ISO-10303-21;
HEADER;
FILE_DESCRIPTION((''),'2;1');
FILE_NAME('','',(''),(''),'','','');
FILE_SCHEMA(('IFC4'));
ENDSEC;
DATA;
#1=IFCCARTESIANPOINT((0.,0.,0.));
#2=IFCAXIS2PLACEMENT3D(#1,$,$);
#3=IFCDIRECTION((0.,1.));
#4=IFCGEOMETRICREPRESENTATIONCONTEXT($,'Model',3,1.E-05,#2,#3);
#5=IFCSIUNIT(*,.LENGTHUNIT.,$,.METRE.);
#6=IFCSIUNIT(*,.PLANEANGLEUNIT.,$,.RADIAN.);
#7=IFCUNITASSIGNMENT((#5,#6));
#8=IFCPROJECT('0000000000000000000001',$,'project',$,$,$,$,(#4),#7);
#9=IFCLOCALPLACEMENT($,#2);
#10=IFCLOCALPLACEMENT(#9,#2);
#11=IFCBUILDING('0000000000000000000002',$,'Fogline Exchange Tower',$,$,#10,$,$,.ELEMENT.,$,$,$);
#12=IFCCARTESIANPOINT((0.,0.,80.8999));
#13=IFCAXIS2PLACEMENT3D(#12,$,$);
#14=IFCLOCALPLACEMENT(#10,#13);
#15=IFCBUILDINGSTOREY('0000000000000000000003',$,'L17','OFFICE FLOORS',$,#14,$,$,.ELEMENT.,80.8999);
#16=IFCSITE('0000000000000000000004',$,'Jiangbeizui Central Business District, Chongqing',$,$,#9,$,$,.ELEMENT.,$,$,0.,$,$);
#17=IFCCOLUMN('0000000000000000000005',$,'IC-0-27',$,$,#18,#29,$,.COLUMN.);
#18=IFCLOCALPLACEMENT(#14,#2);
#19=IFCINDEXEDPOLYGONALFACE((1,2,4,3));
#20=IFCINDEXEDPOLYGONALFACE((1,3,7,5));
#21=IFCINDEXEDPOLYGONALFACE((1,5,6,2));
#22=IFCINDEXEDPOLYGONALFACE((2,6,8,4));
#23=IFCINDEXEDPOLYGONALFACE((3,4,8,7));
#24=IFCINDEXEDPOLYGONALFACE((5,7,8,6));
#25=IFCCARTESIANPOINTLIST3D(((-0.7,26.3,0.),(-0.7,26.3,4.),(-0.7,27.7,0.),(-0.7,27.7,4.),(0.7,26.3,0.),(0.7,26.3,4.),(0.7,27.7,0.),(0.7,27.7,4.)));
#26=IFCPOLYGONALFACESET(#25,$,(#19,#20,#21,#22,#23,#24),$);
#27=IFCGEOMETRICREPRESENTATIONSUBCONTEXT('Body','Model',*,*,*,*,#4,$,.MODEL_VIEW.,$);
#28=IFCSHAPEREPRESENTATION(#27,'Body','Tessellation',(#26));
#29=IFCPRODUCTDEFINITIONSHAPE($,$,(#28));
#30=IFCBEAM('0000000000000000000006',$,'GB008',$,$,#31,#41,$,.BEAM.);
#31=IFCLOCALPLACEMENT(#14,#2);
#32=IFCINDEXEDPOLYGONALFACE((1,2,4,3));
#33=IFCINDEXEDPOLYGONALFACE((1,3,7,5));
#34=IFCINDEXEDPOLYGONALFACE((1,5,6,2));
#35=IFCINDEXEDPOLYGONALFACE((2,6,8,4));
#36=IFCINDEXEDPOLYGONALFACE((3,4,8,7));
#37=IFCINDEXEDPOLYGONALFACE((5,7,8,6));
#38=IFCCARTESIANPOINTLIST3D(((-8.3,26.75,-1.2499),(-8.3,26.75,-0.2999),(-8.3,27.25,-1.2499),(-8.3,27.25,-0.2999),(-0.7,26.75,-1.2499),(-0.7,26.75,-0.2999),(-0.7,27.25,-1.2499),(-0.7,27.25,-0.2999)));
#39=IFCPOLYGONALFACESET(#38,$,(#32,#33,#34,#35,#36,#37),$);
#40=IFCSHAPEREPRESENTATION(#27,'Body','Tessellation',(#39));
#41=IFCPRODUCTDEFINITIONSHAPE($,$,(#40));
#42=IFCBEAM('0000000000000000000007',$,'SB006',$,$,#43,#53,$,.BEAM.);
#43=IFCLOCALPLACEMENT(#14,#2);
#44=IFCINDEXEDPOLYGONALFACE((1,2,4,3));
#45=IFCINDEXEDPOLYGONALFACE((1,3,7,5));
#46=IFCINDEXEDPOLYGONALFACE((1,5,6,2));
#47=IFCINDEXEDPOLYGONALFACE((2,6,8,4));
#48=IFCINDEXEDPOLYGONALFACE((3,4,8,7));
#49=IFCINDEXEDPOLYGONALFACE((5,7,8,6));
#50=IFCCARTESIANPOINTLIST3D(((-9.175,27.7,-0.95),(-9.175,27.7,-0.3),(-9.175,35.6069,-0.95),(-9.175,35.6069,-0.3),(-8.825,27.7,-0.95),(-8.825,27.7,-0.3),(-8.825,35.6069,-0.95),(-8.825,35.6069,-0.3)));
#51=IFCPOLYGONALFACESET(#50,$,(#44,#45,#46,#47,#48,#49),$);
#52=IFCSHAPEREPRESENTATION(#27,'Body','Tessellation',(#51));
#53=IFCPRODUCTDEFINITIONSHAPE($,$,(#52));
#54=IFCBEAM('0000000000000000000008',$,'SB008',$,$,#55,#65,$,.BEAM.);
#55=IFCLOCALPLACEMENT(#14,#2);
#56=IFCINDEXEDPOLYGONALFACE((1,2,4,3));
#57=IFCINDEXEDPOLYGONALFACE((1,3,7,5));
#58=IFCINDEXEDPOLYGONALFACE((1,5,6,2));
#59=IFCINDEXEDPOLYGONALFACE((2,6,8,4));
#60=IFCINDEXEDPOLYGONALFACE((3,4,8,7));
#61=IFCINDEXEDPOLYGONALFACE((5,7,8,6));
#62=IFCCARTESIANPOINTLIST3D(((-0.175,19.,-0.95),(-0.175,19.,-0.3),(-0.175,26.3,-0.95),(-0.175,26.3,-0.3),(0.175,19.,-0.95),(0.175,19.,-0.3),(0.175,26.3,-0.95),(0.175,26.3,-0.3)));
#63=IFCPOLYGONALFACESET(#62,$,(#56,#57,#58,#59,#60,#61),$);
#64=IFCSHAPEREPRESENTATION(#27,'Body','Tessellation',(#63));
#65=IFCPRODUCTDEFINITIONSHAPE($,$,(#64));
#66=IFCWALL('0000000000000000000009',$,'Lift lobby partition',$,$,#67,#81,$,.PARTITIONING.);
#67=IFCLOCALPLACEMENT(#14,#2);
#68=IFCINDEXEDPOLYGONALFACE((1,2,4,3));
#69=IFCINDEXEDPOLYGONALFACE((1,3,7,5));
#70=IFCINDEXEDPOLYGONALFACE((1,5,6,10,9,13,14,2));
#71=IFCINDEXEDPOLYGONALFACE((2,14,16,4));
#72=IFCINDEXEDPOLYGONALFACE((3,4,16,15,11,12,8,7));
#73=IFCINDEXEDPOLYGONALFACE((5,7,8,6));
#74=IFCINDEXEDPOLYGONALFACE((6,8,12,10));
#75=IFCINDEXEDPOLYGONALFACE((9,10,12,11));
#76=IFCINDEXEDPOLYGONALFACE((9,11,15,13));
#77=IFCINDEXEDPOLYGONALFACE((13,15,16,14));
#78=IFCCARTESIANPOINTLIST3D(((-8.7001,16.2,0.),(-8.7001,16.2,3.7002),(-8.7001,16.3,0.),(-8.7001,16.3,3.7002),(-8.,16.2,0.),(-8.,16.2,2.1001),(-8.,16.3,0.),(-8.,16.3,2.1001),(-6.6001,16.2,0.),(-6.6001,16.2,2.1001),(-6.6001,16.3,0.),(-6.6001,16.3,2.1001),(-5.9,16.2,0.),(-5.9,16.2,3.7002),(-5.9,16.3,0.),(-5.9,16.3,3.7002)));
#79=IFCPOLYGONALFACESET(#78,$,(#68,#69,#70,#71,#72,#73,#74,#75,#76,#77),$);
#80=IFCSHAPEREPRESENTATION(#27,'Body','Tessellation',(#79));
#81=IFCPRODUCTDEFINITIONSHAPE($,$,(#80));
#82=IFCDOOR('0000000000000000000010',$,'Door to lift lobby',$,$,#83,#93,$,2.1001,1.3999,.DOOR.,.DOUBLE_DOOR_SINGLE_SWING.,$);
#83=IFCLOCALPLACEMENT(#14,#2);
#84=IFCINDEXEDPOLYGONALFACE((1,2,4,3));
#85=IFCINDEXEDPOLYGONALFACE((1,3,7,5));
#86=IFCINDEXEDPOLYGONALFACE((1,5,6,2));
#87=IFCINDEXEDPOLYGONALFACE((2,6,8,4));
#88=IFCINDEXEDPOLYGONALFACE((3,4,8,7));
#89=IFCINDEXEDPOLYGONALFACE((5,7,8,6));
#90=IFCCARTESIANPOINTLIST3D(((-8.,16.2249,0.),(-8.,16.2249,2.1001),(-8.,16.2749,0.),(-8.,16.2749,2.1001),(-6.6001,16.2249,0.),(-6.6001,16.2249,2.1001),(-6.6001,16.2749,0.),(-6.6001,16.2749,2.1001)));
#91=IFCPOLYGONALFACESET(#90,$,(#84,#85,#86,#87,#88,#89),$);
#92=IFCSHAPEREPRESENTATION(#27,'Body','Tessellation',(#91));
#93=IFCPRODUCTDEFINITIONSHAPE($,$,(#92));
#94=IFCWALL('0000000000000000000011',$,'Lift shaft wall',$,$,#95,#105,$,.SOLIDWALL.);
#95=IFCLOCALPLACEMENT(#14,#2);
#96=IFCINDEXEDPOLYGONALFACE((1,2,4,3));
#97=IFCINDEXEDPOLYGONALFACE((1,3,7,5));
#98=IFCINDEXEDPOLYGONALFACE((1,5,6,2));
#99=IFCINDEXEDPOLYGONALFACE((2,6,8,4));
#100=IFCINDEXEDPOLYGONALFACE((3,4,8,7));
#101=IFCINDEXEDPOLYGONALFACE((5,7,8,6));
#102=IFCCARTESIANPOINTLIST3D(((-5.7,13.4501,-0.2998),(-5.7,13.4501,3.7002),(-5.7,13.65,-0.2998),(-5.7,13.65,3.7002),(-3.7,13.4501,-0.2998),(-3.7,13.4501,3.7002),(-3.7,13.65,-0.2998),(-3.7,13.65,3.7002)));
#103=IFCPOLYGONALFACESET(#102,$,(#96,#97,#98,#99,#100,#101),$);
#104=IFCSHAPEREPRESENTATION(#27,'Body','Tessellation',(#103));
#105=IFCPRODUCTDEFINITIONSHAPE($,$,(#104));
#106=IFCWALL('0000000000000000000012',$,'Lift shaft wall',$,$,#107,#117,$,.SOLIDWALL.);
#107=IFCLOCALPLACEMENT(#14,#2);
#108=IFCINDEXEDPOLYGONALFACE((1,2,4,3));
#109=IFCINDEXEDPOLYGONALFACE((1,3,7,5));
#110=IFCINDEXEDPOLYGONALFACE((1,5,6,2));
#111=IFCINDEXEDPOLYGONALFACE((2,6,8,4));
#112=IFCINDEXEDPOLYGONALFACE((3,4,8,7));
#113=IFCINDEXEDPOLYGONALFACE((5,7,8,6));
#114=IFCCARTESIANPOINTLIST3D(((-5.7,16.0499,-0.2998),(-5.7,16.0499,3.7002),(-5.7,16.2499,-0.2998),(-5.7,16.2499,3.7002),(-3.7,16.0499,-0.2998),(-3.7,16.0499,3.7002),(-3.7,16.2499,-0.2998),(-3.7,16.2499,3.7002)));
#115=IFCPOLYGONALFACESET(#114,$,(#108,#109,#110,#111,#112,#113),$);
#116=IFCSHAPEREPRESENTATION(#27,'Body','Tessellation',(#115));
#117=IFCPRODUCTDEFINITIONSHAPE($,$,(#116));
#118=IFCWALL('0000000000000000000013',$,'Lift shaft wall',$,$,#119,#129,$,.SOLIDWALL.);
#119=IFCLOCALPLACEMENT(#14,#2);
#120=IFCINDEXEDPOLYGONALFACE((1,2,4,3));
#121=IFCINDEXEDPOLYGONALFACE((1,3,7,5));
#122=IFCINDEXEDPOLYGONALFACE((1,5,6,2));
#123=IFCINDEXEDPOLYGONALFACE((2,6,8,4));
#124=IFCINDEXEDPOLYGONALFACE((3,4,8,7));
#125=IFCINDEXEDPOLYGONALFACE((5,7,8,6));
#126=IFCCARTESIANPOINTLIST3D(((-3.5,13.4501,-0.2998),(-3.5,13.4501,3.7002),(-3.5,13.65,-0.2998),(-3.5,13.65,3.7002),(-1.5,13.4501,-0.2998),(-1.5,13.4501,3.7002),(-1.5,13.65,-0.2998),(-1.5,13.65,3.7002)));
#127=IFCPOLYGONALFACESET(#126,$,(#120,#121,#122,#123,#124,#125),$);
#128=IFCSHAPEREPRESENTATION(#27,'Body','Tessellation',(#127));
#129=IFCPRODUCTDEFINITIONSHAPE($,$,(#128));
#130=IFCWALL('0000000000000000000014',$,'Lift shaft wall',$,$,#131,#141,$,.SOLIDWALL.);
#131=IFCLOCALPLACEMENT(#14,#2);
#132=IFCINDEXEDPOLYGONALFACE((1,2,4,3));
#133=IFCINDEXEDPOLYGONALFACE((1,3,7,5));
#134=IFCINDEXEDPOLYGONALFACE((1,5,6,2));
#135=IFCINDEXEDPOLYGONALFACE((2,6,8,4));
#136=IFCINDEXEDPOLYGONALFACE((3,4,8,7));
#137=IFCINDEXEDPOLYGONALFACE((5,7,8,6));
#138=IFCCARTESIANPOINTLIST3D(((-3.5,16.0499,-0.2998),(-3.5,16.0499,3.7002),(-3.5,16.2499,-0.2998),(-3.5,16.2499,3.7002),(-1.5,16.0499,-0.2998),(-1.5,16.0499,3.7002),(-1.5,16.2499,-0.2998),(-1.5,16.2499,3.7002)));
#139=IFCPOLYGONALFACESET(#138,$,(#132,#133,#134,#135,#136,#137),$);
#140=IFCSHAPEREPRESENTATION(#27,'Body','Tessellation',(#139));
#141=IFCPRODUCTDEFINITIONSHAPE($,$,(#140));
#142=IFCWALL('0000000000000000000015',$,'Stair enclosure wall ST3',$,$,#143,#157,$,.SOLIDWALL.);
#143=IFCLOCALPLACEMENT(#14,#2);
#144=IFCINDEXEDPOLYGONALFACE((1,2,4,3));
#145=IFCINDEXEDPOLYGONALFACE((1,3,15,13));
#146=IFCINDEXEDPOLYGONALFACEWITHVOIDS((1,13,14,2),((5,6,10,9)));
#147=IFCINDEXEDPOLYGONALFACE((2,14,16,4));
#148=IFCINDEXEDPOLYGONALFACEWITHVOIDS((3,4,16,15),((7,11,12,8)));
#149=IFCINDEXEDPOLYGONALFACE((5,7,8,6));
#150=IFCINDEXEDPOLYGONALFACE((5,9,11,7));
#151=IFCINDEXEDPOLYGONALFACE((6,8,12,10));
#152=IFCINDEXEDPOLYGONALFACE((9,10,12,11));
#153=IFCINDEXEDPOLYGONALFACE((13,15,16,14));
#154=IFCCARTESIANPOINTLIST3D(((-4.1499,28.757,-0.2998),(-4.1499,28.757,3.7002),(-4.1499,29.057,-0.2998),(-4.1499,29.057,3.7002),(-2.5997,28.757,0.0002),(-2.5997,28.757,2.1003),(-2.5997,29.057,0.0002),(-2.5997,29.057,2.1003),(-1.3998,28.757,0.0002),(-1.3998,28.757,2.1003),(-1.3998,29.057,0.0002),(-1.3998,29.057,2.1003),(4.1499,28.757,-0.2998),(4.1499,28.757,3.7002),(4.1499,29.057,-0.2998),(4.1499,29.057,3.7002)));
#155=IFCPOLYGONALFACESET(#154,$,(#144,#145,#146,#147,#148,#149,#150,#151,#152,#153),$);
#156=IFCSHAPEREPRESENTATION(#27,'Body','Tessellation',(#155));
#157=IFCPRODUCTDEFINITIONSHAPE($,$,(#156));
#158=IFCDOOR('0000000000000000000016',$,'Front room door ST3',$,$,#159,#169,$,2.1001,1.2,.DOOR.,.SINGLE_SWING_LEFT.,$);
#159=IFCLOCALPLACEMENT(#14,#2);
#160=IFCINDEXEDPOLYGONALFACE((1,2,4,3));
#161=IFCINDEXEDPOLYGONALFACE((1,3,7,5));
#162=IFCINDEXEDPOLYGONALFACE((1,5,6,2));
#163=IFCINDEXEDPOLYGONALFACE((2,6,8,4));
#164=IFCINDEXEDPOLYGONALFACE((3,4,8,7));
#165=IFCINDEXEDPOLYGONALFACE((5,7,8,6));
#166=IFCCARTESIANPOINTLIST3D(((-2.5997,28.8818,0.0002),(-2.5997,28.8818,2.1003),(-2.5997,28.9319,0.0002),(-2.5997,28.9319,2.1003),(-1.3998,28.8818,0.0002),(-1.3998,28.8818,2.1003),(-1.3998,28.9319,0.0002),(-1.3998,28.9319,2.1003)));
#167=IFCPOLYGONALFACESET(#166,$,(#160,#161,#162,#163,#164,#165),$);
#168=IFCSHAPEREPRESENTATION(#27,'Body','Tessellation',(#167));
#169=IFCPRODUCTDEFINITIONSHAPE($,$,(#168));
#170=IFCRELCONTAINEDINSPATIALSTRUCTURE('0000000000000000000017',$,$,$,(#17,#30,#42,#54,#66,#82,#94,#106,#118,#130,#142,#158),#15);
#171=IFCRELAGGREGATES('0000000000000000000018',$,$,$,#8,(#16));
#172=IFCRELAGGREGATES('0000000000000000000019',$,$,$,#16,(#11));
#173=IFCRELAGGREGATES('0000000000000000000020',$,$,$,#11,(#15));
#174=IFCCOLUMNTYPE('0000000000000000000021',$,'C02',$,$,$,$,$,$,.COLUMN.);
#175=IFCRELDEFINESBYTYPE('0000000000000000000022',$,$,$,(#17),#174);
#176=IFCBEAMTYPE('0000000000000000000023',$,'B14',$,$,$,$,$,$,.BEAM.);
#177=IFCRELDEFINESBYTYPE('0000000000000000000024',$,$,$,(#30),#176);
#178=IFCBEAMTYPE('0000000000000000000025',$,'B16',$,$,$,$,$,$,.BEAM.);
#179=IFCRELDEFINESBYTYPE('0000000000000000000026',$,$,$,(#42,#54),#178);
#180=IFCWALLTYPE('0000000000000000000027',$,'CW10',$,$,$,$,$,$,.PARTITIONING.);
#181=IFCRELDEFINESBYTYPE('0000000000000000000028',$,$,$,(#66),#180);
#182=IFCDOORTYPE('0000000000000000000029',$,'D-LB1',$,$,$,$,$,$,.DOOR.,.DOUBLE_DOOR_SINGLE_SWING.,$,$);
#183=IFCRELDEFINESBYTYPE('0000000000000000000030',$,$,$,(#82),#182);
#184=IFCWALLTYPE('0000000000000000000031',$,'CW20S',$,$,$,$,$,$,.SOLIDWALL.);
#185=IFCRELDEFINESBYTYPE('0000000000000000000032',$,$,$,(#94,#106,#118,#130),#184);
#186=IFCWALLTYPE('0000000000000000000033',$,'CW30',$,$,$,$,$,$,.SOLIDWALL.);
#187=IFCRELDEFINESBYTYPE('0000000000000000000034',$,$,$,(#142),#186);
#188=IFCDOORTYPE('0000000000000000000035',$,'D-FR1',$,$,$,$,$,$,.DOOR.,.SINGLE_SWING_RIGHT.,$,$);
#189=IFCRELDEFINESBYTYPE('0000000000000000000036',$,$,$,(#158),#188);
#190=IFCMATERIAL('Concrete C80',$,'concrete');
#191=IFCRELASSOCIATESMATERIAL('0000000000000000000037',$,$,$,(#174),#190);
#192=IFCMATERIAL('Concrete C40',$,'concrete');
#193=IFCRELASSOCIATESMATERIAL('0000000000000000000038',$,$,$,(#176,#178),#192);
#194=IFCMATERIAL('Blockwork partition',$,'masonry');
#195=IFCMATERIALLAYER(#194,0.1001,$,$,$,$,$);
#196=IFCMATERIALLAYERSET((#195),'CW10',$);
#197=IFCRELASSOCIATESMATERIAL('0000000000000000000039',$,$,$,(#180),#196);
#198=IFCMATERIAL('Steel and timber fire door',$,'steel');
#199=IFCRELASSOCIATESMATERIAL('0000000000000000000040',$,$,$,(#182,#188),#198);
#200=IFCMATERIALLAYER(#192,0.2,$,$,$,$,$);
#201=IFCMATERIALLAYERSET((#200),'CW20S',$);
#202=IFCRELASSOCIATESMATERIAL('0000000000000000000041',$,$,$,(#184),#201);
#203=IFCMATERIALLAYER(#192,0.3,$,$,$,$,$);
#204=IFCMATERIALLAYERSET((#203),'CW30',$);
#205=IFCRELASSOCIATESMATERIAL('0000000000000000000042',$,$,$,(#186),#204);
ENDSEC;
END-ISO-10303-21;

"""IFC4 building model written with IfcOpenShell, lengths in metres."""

from ifc_helpers import new_model, si_unit, direction, frame, frame_2d, origin, origin_2d, place, context, subcontext, project, spatial, rectangle, extrude, material, layer, layer_set, material_profile, profile_set, type_object, element, fill, save


model = new_model("IFC4")

# Units and contexts
model_context = context("Model", 3, precision=1e-05, world=origin(), true_north=direction((0.0, 1.0)))
body_context = subcontext(model_context, "Body", "Model", "MODEL_VIEW")
ifc_project = project(units=[si_unit("LENGTHUNIT", "METRE"), si_unit("PLANEANGLEUNIT", "RADIAN")], contexts=[model_context])

# Site, building, storey
site_placement = place(None, origin())
site = spatial("IfcSite", under=ifc_project, at=site_placement, Name="Jiangbeizui Central Business District, Chongqing", CompositionType="ELEMENT", RefElevation=0.0)
building_placement = place(site_placement, origin())
building = spatial("IfcBuilding", under=site, at=building_placement, Name="Fogline Exchange Tower", CompositionType="ELEMENT")
storey_placement = place(building_placement, frame((0.0, 0.0, 80.8999)))
storey = spatial("IfcBuildingStorey", under=building, at=storey_placement, Name="L17", Description="OFFICE FLOORS", CompositionType="ELEMENT", Elevation=80.8999)

# Column
ifc_material_1 = material(Name="Concrete C80", Category="concrete")
ifc_material_profile_1 = material_profile(ifc_material_1, rectangle(XDim=1.3999, YDim=1.3999, at=origin_2d()), Name="RC 1400x1400")
ifc_profile_set_1 = profile_set([ifc_material_profile_1], Name="Concrete C80")
column_type = type_object("IfcColumnType", Name="C02", PredefinedType="COLUMN", material=ifc_profile_set_1)
column_placement = place(storey_placement, frame((0.0, 27.0, 0.0), z_axis=(0.0, 0.0, 1.0), x_axis=(1.0, 0.0, 0.0)))
element("IfcColumn", 1, at=column_placement, inside=storey, type_object=column_type, Name="IC-0-27", PredefinedType="COLUMN", context=body_context, shape_type="SweptSolid", body=[
    extrude(rectangle(XDim=1.3999, YDim=1.3999, at=origin_2d()), origin(), (0.0, 0.0, 1.0), 4.0),
])

# Beams
ifc_material_2 = material(Name="Concrete C40", Category="concrete")
ifc_material_profile_2 = material_profile(ifc_material_2, rectangle(XDim=0.5, YDim=0.95, at=origin_2d()), Name="RC 500x950")
ifc_profile_set_2 = profile_set([ifc_material_profile_2], Name="Concrete C40")
beam_type_1 = type_object("IfcBeamType", Name="B14", PredefinedType="BEAM", material=ifc_profile_set_2)
beam_1_placement = place(storey_placement, frame((-8.3, 27.0, -0.7749), z_axis=(1.0, 0.0, 0.0), x_axis=(0.0, 1.0, 0.0)))
element("IfcBeam", 2, at=beam_1_placement, inside=storey, type_object=beam_type_1, Name="GB008", PredefinedType="BEAM", context=body_context, shape_type="SweptSolid", body=[
    extrude(rectangle(XDim=0.5, YDim=0.95, at=origin_2d()), origin(), (0.0, 0.0, 1.0), 7.6001),
])
ifc_material_profile_3 = material_profile(ifc_material_2, rectangle(XDim=0.3501, YDim=0.6499, at=origin_2d()), Name="RC 350x650")
ifc_profile_set_3 = profile_set([ifc_material_profile_3], Name="Concrete C40")
beam_type_2 = type_object("IfcBeamType", Name="B16", PredefinedType="BEAM", material=ifc_profile_set_3)
beam_2_placement = place(storey_placement, frame((-9.0, 27.7, -0.625), z_axis=(0.0, 1.0, 0.0), x_axis=(-1.0, 0.0, 0.0)))
element("IfcBeam", 3, at=beam_2_placement, inside=storey, type_object=beam_type_2, Name="SB006", PredefinedType="BEAM", context=body_context, shape_type="SweptSolid", body=[
    extrude(rectangle(XDim=0.3501, YDim=0.6499, at=origin_2d()), origin(), (0.0, 0.0, 1.0), 7.907),
])
beam_3_placement = place(storey_placement, frame((0.0, 19.0, -0.625), z_axis=(0.0, 1.0, 0.0), x_axis=(-1.0, 0.0, 0.0)))
element("IfcBeam", 4, at=beam_3_placement, inside=storey, type_object=beam_type_2, Name="SB008", PredefinedType="BEAM", context=body_context, shape_type="SweptSolid", body=[
    extrude(rectangle(XDim=0.3501, YDim=0.6499, at=origin_2d()), origin(), (0.0, 0.0, 1.0), 7.3),
])

# Wall, opening, door
ifc_material_3 = material(Name="Blockwork partition", Category="masonry")
ifc_layer_1 = layer(ifc_material_3, 0.1001)
ifc_layer_set_1 = layer_set([ifc_layer_1], Name="CW10")
wall_type_1 = type_object("IfcWallType", Name="CW10", PredefinedType="PARTITIONING", material=ifc_layer_set_1)
wall_1_placement = place(storey_placement, frame((-8.7, 16.25, 0.0), z_axis=(0.0, 0.0, 1.0), x_axis=(1.0, 0.0, 0.0)))
wall_1 = element("IfcWall", 5, at=wall_1_placement, inside=storey, type_object=wall_type_1, Name="Lift lobby partition", PredefinedType="PARTITIONING", context=body_context, shape_type="SweptSolid", body=[
    extrude(rectangle(XDim=2.8, YDim=0.1001, at=frame_2d((1.3999, 0.0))), origin(), (0.0, 0.0, 1.0), 3.7002),
])
opening_1_placement = place(wall_1_placement, frame((0.7, 0.0, 0.0)))
opening_1 = element("IfcOpeningElement", 6, at=opening_1_placement, cuts=wall_1, PredefinedType="OPENING", context=body_context, shape_type="SweptSolid", body=[
    extrude(rectangle(XDim=1.3999, YDim=2.1001, at=frame_2d((0.7, 1.05))), frame((0.0, 0.0601, 0.0), z_axis=(0.0, -1.0, 0.0), x_axis=(1.0, 0.0, 0.0)), (0.0, 0.0, 1.0), 0.1201),
])
ifc_material_4 = material(Name="Steel and timber fire door", Category="steel")
door_type_1 = type_object("IfcDoorType", Name="D-LB1", OperationType="DOUBLE_DOOR_SINGLE_SWING", PredefinedType="DOOR", material=ifc_material_4)
door_1_placement = place(opening_1_placement, origin())
door_1 = element("IfcDoor", 7, at=door_1_placement, inside=storey, type_object=door_type_1, Name="Door to lift lobby", OperationType="DOUBLE_DOOR_SINGLE_SWING", OverallHeight=2.1001, OverallWidth=1.3999, PredefinedType="DOOR", context=body_context, shape_type="SweptSolid", body=[
    extrude(rectangle(XDim=1.3999, YDim=2.1001, at=frame_2d((0.7, 1.05))), frame((0.0, 0.0249, 0.0), z_axis=(0.0, -1.0, 0.0), x_axis=(1.0, 0.0, 0.0)), (0.0, 0.0, 1.0), 0.05),
])
fill(opening_1, door_1)

# Walls
ifc_layer_2 = layer(ifc_material_2, 0.2)
ifc_layer_set_2 = layer_set([ifc_layer_2], Name="CW20S")
wall_type_2 = type_object("IfcWallType", Name="CW20S", PredefinedType="SOLIDWALL", material=ifc_layer_set_2)
for number, where, z_axis, x_axis, name in (
    (8, (-5.7, 13.55, -0.2998), (0.0, 0.0, 1.0), (1.0, 0.0, 0.0), "Lift shaft wall"),
    (9, (-5.7, 16.1499, -0.2998), (0.0, 0.0, 1.0), (1.0, 0.0, 0.0), "Lift shaft wall"),
    (10, (-3.5, 13.55, -0.2998), (0.0, 0.0, 1.0), (1.0, 0.0, 0.0), "Lift shaft wall"),
    (11, (-3.5, 16.1499, -0.2998), (0.0, 0.0, 1.0), (1.0, 0.0, 0.0), "Lift shaft wall"),
):
    element("IfcWall", number, at=place(storey_placement, frame(where, z_axis=z_axis, x_axis=x_axis)), inside=storey, type_object=wall_type_2, Name=name, PredefinedType="SOLIDWALL", context=body_context, shape_type="SweptSolid", body=[
        extrude(rectangle(XDim=2.0, YDim=0.2, at=frame_2d((1.0, 0.0))), origin(), (0.0, 0.0, 1.0), 4.0),
    ])

# Wall, opening, door
ifc_layer_3 = layer(ifc_material_2, 0.3)
ifc_layer_set_3 = layer_set([ifc_layer_3], Name="CW30")
wall_type_3 = type_object("IfcWallType", Name="CW30", PredefinedType="SOLIDWALL", material=ifc_layer_set_3)
wall_2_placement = place(storey_placement, frame((-4.1499, 28.907, -0.2998), z_axis=(0.0, 0.0, 1.0), x_axis=(1.0, 0.0, 0.0)))
wall_2 = element("IfcWall", 12, at=wall_2_placement, inside=storey, type_object=wall_type_3, Name="Stair enclosure wall ST3", PredefinedType="SOLIDWALL", context=body_context, shape_type="SweptSolid", body=[
    extrude(rectangle(XDim=8.2998, YDim=0.3, at=frame_2d((4.1499, 0.0))), origin(), (0.0, 0.0, 1.0), 4.0),
])
opening_2_placement = place(wall_2_placement, frame((1.55, 0.0, 0.3)))
opening_2 = element("IfcOpeningElement", 13, at=opening_2_placement, cuts=wall_2, PredefinedType="OPENING", context=body_context, shape_type="SweptSolid", body=[
    extrude(rectangle(XDim=1.2, YDim=2.1001, at=frame_2d((0.6001, 1.05))), frame((0.0, 0.1602, 0.0), z_axis=(0.0, -1.0, 0.0), x_axis=(1.0, 0.0, 0.0)), (0.0, 0.0, 1.0), 0.3201),
])
door_type_2 = type_object("IfcDoorType", Name="D-FR1", OperationType="SINGLE_SWING_RIGHT", PredefinedType="DOOR", material=ifc_material_4)
door_2_placement = place(opening_2_placement, origin())
door_2 = element("IfcDoor", 14, at=door_2_placement, inside=storey, type_object=door_type_2, Name="Front room door ST3", OperationType="SINGLE_SWING_LEFT", OverallHeight=2.1001, OverallWidth=1.2, PredefinedType="DOOR", context=body_context, shape_type="SweptSolid", body=[
    extrude(rectangle(XDim=1.2, YDim=2.1001, at=frame_2d((0.6001, 1.05))), frame((0.0, 0.0249, 0.0), z_axis=(0.0, -1.0, 0.0), x_axis=(1.0, 0.0, 0.0)), (0.0, 0.0, 1.0), 0.05),
])
fill(opening_2, door_2)

save(model, "model.ifc")
